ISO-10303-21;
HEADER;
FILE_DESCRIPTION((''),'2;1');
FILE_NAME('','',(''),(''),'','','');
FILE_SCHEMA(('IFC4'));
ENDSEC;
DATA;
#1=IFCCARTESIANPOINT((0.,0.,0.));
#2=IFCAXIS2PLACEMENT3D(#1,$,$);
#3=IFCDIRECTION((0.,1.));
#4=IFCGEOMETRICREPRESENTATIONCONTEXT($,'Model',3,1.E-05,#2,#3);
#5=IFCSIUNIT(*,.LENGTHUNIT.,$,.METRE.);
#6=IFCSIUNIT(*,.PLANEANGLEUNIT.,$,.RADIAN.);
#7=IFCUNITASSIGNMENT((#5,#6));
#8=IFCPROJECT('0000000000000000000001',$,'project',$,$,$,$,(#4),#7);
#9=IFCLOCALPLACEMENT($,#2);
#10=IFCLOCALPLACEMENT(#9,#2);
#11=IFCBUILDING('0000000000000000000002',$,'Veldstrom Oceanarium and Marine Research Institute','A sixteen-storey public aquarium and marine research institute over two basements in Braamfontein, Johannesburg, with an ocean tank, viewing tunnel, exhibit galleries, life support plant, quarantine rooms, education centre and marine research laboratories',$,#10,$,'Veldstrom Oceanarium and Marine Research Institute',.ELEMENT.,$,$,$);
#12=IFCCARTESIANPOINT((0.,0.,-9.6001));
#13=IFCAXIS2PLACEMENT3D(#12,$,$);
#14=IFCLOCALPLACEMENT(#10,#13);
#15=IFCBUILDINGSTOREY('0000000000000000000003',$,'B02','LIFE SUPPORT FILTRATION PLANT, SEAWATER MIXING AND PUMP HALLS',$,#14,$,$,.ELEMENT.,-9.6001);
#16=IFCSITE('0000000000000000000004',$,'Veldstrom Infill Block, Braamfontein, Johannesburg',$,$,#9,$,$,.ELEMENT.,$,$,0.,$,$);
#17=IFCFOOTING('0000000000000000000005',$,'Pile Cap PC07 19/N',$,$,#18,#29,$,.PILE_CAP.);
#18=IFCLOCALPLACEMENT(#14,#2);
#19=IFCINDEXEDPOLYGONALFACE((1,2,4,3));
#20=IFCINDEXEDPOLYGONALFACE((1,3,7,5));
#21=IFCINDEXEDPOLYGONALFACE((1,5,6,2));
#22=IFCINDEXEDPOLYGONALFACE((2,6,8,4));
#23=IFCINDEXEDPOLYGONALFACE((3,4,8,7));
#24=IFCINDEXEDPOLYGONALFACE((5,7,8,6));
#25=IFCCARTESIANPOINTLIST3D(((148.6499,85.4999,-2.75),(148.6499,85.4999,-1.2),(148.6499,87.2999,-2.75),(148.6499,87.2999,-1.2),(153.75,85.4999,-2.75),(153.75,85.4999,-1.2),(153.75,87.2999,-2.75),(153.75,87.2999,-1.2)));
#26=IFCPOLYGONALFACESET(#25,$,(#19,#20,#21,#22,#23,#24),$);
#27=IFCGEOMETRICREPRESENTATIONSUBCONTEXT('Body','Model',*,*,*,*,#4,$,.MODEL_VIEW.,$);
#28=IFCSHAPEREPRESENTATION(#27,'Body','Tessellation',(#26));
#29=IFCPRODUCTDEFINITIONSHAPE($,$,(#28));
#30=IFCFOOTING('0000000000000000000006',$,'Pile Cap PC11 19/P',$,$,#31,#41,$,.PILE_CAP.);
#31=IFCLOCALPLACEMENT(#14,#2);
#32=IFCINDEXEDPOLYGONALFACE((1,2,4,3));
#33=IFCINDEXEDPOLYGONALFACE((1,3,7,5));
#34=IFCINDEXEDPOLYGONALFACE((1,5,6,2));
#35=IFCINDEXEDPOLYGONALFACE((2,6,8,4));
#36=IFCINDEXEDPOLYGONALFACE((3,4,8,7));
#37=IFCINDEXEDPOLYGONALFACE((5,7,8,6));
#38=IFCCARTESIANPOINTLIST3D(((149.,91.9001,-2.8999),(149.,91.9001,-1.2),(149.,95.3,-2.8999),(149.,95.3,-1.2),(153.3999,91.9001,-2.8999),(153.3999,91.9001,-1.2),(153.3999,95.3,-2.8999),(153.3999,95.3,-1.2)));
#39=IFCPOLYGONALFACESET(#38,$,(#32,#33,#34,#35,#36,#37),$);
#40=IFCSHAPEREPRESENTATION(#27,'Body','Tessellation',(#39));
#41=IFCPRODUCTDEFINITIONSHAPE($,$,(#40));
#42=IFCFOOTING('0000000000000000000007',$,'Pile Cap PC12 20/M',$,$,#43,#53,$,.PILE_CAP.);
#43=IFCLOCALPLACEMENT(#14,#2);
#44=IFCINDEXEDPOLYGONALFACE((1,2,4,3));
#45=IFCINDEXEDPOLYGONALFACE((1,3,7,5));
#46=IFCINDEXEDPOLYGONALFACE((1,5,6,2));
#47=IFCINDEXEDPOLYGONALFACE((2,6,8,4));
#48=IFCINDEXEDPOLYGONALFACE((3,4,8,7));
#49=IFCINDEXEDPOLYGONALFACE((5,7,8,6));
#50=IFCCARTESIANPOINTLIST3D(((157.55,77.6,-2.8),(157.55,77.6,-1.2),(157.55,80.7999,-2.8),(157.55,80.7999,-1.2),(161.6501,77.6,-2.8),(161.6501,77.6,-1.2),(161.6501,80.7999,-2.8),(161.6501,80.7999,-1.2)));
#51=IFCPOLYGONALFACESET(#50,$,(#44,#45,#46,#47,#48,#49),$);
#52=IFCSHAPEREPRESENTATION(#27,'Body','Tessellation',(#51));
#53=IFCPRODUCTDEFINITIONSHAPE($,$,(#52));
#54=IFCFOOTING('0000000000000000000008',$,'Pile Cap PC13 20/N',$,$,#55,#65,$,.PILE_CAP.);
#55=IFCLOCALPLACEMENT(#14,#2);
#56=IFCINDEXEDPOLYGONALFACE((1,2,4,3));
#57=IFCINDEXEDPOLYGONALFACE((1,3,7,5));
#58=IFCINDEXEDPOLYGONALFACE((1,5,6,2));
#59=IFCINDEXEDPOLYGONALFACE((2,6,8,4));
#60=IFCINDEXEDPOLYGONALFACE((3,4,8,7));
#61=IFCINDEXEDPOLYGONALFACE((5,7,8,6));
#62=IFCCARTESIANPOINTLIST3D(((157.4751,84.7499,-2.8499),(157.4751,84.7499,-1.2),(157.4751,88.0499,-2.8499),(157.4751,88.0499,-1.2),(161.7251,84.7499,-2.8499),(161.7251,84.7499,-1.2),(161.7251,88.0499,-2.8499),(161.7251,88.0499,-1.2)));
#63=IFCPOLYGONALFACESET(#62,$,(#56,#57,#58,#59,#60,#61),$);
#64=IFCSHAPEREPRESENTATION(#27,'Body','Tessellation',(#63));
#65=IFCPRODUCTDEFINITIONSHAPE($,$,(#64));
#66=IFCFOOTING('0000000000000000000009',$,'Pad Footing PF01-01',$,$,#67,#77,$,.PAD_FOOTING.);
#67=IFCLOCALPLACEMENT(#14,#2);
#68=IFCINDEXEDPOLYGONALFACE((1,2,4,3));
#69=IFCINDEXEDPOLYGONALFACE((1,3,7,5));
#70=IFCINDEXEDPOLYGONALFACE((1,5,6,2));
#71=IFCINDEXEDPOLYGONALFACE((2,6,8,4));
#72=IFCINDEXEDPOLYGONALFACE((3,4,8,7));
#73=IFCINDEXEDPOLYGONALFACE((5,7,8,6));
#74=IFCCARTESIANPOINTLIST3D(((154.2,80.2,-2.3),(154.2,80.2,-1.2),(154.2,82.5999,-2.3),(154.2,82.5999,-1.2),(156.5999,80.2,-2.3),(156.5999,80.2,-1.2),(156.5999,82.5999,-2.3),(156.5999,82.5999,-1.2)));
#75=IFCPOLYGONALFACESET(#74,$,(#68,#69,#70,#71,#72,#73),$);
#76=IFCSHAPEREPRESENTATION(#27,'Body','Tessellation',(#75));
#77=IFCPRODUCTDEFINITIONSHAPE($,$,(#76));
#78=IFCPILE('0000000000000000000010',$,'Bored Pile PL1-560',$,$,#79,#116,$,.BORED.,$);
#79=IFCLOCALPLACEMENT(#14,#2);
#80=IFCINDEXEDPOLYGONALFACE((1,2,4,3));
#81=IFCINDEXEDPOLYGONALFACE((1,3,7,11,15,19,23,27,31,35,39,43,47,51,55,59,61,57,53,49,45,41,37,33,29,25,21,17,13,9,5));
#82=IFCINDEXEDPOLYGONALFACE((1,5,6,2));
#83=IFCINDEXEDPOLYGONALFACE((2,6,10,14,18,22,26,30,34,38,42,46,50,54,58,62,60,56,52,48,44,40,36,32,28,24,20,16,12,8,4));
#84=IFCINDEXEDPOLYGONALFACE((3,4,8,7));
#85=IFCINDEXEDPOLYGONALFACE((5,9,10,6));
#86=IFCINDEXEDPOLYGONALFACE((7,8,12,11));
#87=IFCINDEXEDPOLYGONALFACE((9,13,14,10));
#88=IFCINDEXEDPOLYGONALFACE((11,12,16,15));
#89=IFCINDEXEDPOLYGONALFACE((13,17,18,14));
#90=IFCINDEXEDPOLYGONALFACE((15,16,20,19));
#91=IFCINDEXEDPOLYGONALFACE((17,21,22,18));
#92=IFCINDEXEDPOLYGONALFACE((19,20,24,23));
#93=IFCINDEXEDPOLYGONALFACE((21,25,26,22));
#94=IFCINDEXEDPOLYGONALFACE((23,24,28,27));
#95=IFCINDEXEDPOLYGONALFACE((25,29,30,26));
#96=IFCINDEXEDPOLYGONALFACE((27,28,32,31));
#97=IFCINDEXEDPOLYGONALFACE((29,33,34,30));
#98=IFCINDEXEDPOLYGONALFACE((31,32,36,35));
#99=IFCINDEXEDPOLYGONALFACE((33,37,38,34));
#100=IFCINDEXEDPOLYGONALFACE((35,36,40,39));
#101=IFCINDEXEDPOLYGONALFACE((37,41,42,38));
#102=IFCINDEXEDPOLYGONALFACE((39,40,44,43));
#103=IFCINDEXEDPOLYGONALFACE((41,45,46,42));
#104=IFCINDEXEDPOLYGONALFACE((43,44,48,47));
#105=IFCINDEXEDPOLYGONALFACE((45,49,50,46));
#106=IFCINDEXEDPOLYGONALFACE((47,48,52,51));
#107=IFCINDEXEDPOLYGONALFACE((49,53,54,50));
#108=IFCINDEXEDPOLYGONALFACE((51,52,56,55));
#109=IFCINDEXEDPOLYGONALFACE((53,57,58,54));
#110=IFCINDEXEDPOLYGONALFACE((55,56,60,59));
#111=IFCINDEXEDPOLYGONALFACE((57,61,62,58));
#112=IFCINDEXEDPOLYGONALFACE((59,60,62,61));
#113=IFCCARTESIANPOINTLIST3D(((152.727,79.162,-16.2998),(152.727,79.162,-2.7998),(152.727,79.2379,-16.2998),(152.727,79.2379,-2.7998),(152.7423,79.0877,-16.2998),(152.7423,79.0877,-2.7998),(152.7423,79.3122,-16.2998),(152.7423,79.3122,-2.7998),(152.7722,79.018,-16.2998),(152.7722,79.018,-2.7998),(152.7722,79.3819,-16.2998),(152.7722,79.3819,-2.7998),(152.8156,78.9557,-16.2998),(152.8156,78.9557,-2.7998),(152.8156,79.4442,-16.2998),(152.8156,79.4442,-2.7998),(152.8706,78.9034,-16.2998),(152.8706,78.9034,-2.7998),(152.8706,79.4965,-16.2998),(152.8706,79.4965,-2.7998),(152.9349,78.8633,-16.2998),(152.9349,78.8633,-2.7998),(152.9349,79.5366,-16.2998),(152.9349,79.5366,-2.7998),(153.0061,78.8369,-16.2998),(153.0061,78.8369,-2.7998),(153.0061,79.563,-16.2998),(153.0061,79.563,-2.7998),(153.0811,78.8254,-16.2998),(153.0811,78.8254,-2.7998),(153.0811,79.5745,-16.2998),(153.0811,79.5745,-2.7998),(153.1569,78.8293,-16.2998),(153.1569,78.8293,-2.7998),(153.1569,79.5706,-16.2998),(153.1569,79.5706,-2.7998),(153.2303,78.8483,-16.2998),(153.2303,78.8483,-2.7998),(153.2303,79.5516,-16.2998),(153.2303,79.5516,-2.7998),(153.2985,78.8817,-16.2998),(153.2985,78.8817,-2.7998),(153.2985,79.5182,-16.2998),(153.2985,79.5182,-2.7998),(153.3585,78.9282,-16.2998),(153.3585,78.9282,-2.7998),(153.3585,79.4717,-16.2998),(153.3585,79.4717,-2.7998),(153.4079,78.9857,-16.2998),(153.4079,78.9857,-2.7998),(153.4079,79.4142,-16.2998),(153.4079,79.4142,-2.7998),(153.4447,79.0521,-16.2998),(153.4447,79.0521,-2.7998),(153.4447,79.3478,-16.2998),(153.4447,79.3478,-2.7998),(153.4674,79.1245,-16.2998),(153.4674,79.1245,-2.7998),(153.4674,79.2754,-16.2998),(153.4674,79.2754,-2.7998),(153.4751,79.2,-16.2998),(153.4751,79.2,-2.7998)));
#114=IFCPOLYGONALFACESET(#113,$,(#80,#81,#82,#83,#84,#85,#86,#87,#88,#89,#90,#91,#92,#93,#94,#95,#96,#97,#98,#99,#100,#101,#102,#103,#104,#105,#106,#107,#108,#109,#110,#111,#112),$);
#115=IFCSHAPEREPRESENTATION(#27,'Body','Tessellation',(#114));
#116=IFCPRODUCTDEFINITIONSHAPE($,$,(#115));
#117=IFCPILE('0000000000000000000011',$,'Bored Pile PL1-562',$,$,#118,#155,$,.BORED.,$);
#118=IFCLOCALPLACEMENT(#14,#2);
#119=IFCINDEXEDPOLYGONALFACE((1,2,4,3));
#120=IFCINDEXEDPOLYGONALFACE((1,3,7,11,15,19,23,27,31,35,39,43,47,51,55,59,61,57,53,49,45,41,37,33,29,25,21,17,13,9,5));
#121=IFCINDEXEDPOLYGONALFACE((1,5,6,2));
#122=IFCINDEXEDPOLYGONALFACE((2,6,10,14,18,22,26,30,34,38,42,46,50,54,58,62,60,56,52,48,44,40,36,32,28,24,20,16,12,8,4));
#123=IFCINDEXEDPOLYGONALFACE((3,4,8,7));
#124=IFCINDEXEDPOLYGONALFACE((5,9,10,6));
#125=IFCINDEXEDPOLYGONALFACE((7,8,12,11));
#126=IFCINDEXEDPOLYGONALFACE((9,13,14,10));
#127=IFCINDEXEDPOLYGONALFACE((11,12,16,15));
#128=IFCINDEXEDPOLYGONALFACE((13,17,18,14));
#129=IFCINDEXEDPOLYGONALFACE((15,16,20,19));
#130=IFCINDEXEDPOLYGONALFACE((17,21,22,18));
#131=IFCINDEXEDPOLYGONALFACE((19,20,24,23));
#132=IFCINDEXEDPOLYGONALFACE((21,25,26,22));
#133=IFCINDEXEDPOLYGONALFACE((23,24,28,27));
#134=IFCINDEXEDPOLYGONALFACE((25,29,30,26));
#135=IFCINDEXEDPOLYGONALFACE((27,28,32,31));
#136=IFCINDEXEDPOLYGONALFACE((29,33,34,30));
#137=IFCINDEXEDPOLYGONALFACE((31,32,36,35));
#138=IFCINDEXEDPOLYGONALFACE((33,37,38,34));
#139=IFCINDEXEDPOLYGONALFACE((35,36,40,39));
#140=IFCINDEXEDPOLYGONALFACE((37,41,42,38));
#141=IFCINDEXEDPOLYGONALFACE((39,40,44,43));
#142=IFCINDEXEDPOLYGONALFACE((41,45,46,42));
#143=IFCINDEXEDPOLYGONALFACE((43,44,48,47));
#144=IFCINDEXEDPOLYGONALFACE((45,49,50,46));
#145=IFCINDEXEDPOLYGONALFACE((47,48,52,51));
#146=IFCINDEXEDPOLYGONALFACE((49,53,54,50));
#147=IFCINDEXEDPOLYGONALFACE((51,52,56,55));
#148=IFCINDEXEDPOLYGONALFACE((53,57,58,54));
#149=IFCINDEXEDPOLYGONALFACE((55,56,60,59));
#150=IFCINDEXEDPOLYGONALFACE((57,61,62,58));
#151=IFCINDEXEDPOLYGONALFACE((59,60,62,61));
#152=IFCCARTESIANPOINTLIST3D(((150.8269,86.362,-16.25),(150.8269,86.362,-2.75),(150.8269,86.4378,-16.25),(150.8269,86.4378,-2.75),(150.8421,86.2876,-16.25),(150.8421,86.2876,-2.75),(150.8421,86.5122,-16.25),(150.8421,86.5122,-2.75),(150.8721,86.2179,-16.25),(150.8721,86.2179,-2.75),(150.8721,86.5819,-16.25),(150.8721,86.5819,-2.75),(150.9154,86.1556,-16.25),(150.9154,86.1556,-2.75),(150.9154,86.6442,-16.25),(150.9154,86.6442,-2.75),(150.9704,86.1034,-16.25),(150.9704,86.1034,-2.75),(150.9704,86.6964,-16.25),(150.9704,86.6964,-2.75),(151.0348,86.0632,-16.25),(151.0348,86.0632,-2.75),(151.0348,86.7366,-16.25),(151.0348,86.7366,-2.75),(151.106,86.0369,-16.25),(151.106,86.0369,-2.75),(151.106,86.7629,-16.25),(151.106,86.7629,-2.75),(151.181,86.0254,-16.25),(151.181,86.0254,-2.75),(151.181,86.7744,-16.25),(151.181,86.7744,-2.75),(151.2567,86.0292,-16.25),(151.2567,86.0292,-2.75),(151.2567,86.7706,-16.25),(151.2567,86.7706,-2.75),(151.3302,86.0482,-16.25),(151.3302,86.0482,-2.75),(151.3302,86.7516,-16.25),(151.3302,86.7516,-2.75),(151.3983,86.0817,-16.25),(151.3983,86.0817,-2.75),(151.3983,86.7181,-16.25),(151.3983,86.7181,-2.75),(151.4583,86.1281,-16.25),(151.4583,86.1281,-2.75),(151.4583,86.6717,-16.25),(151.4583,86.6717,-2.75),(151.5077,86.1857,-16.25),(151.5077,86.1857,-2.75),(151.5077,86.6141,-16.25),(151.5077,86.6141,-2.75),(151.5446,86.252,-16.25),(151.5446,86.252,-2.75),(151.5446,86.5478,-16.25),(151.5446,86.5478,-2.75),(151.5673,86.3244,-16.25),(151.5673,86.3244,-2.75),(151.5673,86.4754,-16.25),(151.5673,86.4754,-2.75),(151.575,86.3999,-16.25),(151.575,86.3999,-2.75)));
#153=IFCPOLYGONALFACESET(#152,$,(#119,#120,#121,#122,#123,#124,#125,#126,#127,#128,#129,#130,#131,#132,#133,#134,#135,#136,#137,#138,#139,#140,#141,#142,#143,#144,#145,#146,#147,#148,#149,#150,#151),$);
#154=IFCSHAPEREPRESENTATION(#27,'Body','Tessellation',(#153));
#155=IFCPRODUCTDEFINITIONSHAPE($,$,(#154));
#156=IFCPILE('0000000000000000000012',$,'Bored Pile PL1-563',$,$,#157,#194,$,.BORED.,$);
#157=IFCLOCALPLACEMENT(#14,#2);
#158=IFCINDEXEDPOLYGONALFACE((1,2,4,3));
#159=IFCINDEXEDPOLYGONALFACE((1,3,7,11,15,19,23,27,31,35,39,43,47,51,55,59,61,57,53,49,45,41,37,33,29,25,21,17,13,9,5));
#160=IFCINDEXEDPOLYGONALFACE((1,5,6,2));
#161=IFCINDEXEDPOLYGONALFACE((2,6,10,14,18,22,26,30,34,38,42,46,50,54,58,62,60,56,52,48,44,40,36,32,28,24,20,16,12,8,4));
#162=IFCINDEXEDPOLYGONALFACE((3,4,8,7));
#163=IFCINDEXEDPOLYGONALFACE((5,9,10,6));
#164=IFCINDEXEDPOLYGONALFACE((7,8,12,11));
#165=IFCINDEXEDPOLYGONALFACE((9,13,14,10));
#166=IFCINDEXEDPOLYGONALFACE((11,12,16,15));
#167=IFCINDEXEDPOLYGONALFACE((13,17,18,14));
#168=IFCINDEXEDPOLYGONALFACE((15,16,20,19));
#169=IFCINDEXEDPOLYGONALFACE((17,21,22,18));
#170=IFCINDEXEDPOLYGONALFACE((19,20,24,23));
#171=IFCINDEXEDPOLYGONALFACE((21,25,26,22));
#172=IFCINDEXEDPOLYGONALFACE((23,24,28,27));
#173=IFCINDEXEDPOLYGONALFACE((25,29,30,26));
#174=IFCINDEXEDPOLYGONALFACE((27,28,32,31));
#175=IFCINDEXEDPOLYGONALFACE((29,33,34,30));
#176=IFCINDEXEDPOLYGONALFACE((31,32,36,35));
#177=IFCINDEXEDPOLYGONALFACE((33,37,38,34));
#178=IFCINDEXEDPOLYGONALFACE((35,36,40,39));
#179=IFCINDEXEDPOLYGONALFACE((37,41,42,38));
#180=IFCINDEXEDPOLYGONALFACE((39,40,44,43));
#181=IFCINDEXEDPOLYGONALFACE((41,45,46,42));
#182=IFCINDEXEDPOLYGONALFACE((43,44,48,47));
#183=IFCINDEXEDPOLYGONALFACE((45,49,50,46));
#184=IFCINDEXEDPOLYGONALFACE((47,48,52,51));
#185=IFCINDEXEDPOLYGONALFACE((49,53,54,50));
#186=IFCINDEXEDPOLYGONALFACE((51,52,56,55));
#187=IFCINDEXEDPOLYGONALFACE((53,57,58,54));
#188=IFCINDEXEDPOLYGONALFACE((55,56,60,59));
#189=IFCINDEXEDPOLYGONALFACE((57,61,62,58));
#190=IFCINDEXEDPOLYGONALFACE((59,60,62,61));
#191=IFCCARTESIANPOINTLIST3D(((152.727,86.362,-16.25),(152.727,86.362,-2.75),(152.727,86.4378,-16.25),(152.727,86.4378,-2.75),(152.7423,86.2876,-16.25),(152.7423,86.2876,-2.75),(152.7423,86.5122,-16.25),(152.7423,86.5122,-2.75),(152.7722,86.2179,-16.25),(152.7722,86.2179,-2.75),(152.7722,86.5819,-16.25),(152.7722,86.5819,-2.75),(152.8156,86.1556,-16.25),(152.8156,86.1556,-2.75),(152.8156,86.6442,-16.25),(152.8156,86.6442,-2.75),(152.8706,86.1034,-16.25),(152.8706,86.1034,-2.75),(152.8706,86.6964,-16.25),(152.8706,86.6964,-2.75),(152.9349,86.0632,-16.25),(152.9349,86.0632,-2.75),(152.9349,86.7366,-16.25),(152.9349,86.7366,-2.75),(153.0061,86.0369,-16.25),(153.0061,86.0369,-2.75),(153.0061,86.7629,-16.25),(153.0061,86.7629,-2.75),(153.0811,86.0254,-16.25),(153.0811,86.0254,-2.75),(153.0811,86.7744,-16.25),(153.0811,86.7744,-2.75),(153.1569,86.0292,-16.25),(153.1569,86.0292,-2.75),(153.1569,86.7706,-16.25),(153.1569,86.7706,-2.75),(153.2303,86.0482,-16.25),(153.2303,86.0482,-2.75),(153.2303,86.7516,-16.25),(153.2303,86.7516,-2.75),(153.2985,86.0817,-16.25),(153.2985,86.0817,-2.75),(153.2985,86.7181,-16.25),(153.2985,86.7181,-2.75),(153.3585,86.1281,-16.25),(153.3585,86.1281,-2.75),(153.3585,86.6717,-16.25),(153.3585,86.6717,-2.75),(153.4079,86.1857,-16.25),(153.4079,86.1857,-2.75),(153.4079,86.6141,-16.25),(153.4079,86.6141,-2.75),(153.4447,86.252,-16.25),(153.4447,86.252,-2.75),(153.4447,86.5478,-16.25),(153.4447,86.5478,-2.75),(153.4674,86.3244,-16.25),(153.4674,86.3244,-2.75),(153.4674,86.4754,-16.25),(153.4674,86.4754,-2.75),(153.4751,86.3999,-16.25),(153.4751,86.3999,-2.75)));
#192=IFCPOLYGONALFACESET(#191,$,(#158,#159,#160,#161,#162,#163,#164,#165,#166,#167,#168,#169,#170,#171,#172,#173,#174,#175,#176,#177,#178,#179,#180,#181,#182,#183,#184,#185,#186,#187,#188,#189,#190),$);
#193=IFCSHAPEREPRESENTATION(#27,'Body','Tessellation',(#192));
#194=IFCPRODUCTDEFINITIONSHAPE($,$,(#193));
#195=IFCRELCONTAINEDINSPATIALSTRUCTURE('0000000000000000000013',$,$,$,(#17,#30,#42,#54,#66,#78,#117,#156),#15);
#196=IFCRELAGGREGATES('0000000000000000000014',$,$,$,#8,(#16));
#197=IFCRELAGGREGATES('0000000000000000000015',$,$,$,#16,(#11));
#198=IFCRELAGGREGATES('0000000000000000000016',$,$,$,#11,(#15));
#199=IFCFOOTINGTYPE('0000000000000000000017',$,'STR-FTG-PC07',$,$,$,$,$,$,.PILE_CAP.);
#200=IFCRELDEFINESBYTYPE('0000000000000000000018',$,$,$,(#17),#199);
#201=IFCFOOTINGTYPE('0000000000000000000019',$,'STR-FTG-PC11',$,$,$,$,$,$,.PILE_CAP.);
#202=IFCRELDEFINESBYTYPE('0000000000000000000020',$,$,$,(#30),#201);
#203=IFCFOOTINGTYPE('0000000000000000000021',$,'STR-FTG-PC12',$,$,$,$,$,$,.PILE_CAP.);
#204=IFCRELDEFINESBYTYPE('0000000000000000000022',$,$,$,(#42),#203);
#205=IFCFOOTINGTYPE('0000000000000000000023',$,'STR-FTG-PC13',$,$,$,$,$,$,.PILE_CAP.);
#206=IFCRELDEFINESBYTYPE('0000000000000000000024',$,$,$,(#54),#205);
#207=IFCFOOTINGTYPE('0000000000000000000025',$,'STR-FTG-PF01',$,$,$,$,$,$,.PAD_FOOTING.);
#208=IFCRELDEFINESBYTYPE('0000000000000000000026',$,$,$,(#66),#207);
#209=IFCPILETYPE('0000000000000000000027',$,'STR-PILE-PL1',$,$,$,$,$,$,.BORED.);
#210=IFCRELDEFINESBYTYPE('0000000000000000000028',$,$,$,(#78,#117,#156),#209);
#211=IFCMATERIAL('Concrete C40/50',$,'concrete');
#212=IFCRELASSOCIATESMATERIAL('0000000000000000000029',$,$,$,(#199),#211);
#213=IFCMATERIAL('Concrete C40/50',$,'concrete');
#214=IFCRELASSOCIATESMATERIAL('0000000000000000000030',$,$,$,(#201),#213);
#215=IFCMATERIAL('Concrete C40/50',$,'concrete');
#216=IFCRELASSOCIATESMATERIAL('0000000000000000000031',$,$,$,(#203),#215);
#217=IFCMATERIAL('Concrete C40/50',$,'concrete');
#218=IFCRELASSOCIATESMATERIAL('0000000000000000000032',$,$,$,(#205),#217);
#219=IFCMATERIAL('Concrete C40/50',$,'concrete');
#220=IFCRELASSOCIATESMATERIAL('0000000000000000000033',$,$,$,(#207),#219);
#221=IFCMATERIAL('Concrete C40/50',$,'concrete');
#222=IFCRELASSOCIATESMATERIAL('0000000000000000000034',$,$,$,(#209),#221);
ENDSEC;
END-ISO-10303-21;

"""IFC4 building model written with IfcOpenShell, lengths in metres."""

from ifc_helpers import new_model, si_unit, direction, frame, origin, origin_2d, place, context, subcontext, project, spatial, rectangle, circle, extrude, material, material_profile, profile_set, type_object, element, save


model = new_model("IFC4")

# Units and contexts
model_context = context("Model", 3, precision=1e-05, world=origin(), true_north=direction((0.0, 1.0)))
body_context = subcontext(model_context, "Body", "Model", "MODEL_VIEW")
ifc_project = project(units=[si_unit("LENGTHUNIT", "METRE"), si_unit("PLANEANGLEUNIT", "RADIAN")], contexts=[model_context])

# Site, building, storey
site_placement = place(None, origin())
site = spatial("IfcSite", under=ifc_project, at=site_placement, Name="Veldstrom Infill Block, Braamfontein, Johannesburg", CompositionType="ELEMENT", RefElevation=0.0)
building_placement = place(site_placement, origin())
building = spatial("IfcBuilding", under=site, at=building_placement, Name="Veldstrom Oceanarium and Marine Research Institute", Description="A sixteen-storey public aquarium and marine research institute over two basements in Braamfontein, Johannesburg, with an ocean tank, viewing tunnel, exhibit galleries, life support plant, quarantine rooms, education centre and marine research laboratories", LongName="Veldstrom Oceanarium and Marine Research Institute", CompositionType="ELEMENT")
storey_placement = place(building_placement, frame((0.0, 0.0, -9.6001)))
storey = spatial("IfcBuildingStorey", under=building, at=storey_placement, Name="B02", Description="LIFE SUPPORT FILTRATION PLANT, SEAWATER MIXING AND PUMP HALLS", CompositionType="ELEMENT", Elevation=-9.6001)

# Footings
ifc_material_1 = material(Name="Concrete C40/50", Category="concrete")
footing_type_1 = type_object("IfcFootingType", Name="STR-FTG-PC07", PredefinedType="PILE_CAP", material=ifc_material_1)
footing_1_placement = place(storey_placement, frame((151.2, 86.3999, -2.75), z_axis=(0.0, 0.0, 1.0), x_axis=(1.0, 0.0, 0.0)))
element("IfcFooting", 1, at=footing_1_placement, inside=storey, type_object=footing_type_1, Name="Pile Cap PC07 19/N", PredefinedType="PILE_CAP", context=body_context, shape_type="SweptSolid", body=[
    extrude(rectangle(XDim=5.1001, YDim=1.8, at=origin_2d()), origin(), (0.0, 0.0, 1.0), 1.55),
])
ifc_material_2 = material(Name="Concrete C40/50", Category="concrete")
footing_type_2 = type_object("IfcFootingType", Name="STR-FTG-PC11", PredefinedType="PILE_CAP", material=ifc_material_2)
footing_2_placement = place(storey_placement, frame((151.2, 93.6001, -2.8999), z_axis=(0.0, 0.0, 1.0), x_axis=(1.0, 0.0, 0.0)))
element("IfcFooting", 2, at=footing_2_placement, inside=storey, type_object=footing_type_2, Name="Pile Cap PC11 19/P", PredefinedType="PILE_CAP", context=body_context, shape_type="SweptSolid", body=[
    extrude(rectangle(XDim=4.3999, YDim=3.3999, at=origin_2d()), origin(), (0.0, 0.0, 1.0), 1.7),
])
ifc_material_3 = material(Name="Concrete C40/50", Category="concrete")
footing_type_3 = type_object("IfcFootingType", Name="STR-FTG-PC12", PredefinedType="PILE_CAP", material=ifc_material_3)
footing_3_placement = place(storey_placement, frame((159.6001, 79.2, -2.8), z_axis=(0.0, 0.0, 1.0), x_axis=(1.0, 0.0, 0.0)))
element("IfcFooting", 3, at=footing_3_placement, inside=storey, type_object=footing_type_3, Name="Pile Cap PC12 20/M", PredefinedType="PILE_CAP", context=body_context, shape_type="SweptSolid", body=[
    extrude(rectangle(XDim=4.1001, YDim=3.2, at=origin_2d()), origin(), (0.0, 0.0, 1.0), 1.6001),
])
ifc_material_4 = material(Name="Concrete C40/50", Category="concrete")
footing_type_4 = type_object("IfcFootingType", Name="STR-FTG-PC13", PredefinedType="PILE_CAP", material=ifc_material_4)
footing_4_placement = place(storey_placement, frame((159.6001, 86.3999, -2.8499), z_axis=(0.0, 0.0, 1.0), x_axis=(1.0, 0.0, 0.0)))
element("IfcFooting", 4, at=footing_4_placement, inside=storey, type_object=footing_type_4, Name="Pile Cap PC13 20/N", PredefinedType="PILE_CAP", context=body_context, shape_type="SweptSolid", body=[
    extrude(rectangle(XDim=4.25, YDim=3.3, at=origin_2d()), origin(), (0.0, 0.0, 1.0), 1.6499),
])
ifc_material_5 = material(Name="Concrete C40/50", Category="concrete")
footing_type_5 = type_object("IfcFootingType", Name="STR-FTG-PF01", PredefinedType="PAD_FOOTING", material=ifc_material_5)
footing_5_placement = place(storey_placement, frame((155.3999, 81.3999, -2.3), z_axis=(0.0, 0.0, 1.0), x_axis=(1.0, 0.0, 0.0)))
element("IfcFooting", 5, at=footing_5_placement, inside=storey, type_object=footing_type_5, Name="Pad Footing PF01-01", PredefinedType="PAD_FOOTING", context=body_context, shape_type="SweptSolid", body=[
    extrude(rectangle(XDim=2.3999, YDim=2.3999, at=origin_2d()), origin(), (0.0, 0.0, 1.0), 1.1001),
])

# Piles
ifc_material_6 = material(Name="Concrete C40/50", Category="concrete")
ifc_material_profile_1 = material_profile(ifc_material_6, circle(Radius=0.375, at=origin_2d()), Name="PILE-D750")
ifc_profile_set_1 = profile_set([ifc_material_profile_1], Name="Concrete C40/50")
pile_type = type_object("IfcPileType", Name="STR-PILE-PL1", PredefinedType="BORED", material=ifc_profile_set_1)
for number, where, z_axis, x_axis, name in (
    (6, (153.1001, 79.2, -2.7998), (0.0, 0.0, -1.0), (1.0, 0.0, 0.0), "Bored Pile PL1-560"),
    (7, (151.2, 86.3999, -2.75), (0.0, 0.0, -1.0), (1.0, 0.0, 0.0), "Bored Pile PL1-562"),
    (8, (153.1001, 86.3999, -2.75), (0.0, 0.0, -1.0), (1.0, 0.0, 0.0), "Bored Pile PL1-563"),
):
    element("IfcPile", number, at=place(storey_placement, frame(where, z_axis=z_axis, x_axis=x_axis)), inside=storey, type_object=pile_type, Name=name, PredefinedType="BORED", context=body_context, shape_type="SweptSolid", body=[
        extrude(circle(Radius=0.375, at=origin_2d()), origin(), (0.0, 0.0, 1.0), 13.5),
    ])

save(model, "model.ifc")
